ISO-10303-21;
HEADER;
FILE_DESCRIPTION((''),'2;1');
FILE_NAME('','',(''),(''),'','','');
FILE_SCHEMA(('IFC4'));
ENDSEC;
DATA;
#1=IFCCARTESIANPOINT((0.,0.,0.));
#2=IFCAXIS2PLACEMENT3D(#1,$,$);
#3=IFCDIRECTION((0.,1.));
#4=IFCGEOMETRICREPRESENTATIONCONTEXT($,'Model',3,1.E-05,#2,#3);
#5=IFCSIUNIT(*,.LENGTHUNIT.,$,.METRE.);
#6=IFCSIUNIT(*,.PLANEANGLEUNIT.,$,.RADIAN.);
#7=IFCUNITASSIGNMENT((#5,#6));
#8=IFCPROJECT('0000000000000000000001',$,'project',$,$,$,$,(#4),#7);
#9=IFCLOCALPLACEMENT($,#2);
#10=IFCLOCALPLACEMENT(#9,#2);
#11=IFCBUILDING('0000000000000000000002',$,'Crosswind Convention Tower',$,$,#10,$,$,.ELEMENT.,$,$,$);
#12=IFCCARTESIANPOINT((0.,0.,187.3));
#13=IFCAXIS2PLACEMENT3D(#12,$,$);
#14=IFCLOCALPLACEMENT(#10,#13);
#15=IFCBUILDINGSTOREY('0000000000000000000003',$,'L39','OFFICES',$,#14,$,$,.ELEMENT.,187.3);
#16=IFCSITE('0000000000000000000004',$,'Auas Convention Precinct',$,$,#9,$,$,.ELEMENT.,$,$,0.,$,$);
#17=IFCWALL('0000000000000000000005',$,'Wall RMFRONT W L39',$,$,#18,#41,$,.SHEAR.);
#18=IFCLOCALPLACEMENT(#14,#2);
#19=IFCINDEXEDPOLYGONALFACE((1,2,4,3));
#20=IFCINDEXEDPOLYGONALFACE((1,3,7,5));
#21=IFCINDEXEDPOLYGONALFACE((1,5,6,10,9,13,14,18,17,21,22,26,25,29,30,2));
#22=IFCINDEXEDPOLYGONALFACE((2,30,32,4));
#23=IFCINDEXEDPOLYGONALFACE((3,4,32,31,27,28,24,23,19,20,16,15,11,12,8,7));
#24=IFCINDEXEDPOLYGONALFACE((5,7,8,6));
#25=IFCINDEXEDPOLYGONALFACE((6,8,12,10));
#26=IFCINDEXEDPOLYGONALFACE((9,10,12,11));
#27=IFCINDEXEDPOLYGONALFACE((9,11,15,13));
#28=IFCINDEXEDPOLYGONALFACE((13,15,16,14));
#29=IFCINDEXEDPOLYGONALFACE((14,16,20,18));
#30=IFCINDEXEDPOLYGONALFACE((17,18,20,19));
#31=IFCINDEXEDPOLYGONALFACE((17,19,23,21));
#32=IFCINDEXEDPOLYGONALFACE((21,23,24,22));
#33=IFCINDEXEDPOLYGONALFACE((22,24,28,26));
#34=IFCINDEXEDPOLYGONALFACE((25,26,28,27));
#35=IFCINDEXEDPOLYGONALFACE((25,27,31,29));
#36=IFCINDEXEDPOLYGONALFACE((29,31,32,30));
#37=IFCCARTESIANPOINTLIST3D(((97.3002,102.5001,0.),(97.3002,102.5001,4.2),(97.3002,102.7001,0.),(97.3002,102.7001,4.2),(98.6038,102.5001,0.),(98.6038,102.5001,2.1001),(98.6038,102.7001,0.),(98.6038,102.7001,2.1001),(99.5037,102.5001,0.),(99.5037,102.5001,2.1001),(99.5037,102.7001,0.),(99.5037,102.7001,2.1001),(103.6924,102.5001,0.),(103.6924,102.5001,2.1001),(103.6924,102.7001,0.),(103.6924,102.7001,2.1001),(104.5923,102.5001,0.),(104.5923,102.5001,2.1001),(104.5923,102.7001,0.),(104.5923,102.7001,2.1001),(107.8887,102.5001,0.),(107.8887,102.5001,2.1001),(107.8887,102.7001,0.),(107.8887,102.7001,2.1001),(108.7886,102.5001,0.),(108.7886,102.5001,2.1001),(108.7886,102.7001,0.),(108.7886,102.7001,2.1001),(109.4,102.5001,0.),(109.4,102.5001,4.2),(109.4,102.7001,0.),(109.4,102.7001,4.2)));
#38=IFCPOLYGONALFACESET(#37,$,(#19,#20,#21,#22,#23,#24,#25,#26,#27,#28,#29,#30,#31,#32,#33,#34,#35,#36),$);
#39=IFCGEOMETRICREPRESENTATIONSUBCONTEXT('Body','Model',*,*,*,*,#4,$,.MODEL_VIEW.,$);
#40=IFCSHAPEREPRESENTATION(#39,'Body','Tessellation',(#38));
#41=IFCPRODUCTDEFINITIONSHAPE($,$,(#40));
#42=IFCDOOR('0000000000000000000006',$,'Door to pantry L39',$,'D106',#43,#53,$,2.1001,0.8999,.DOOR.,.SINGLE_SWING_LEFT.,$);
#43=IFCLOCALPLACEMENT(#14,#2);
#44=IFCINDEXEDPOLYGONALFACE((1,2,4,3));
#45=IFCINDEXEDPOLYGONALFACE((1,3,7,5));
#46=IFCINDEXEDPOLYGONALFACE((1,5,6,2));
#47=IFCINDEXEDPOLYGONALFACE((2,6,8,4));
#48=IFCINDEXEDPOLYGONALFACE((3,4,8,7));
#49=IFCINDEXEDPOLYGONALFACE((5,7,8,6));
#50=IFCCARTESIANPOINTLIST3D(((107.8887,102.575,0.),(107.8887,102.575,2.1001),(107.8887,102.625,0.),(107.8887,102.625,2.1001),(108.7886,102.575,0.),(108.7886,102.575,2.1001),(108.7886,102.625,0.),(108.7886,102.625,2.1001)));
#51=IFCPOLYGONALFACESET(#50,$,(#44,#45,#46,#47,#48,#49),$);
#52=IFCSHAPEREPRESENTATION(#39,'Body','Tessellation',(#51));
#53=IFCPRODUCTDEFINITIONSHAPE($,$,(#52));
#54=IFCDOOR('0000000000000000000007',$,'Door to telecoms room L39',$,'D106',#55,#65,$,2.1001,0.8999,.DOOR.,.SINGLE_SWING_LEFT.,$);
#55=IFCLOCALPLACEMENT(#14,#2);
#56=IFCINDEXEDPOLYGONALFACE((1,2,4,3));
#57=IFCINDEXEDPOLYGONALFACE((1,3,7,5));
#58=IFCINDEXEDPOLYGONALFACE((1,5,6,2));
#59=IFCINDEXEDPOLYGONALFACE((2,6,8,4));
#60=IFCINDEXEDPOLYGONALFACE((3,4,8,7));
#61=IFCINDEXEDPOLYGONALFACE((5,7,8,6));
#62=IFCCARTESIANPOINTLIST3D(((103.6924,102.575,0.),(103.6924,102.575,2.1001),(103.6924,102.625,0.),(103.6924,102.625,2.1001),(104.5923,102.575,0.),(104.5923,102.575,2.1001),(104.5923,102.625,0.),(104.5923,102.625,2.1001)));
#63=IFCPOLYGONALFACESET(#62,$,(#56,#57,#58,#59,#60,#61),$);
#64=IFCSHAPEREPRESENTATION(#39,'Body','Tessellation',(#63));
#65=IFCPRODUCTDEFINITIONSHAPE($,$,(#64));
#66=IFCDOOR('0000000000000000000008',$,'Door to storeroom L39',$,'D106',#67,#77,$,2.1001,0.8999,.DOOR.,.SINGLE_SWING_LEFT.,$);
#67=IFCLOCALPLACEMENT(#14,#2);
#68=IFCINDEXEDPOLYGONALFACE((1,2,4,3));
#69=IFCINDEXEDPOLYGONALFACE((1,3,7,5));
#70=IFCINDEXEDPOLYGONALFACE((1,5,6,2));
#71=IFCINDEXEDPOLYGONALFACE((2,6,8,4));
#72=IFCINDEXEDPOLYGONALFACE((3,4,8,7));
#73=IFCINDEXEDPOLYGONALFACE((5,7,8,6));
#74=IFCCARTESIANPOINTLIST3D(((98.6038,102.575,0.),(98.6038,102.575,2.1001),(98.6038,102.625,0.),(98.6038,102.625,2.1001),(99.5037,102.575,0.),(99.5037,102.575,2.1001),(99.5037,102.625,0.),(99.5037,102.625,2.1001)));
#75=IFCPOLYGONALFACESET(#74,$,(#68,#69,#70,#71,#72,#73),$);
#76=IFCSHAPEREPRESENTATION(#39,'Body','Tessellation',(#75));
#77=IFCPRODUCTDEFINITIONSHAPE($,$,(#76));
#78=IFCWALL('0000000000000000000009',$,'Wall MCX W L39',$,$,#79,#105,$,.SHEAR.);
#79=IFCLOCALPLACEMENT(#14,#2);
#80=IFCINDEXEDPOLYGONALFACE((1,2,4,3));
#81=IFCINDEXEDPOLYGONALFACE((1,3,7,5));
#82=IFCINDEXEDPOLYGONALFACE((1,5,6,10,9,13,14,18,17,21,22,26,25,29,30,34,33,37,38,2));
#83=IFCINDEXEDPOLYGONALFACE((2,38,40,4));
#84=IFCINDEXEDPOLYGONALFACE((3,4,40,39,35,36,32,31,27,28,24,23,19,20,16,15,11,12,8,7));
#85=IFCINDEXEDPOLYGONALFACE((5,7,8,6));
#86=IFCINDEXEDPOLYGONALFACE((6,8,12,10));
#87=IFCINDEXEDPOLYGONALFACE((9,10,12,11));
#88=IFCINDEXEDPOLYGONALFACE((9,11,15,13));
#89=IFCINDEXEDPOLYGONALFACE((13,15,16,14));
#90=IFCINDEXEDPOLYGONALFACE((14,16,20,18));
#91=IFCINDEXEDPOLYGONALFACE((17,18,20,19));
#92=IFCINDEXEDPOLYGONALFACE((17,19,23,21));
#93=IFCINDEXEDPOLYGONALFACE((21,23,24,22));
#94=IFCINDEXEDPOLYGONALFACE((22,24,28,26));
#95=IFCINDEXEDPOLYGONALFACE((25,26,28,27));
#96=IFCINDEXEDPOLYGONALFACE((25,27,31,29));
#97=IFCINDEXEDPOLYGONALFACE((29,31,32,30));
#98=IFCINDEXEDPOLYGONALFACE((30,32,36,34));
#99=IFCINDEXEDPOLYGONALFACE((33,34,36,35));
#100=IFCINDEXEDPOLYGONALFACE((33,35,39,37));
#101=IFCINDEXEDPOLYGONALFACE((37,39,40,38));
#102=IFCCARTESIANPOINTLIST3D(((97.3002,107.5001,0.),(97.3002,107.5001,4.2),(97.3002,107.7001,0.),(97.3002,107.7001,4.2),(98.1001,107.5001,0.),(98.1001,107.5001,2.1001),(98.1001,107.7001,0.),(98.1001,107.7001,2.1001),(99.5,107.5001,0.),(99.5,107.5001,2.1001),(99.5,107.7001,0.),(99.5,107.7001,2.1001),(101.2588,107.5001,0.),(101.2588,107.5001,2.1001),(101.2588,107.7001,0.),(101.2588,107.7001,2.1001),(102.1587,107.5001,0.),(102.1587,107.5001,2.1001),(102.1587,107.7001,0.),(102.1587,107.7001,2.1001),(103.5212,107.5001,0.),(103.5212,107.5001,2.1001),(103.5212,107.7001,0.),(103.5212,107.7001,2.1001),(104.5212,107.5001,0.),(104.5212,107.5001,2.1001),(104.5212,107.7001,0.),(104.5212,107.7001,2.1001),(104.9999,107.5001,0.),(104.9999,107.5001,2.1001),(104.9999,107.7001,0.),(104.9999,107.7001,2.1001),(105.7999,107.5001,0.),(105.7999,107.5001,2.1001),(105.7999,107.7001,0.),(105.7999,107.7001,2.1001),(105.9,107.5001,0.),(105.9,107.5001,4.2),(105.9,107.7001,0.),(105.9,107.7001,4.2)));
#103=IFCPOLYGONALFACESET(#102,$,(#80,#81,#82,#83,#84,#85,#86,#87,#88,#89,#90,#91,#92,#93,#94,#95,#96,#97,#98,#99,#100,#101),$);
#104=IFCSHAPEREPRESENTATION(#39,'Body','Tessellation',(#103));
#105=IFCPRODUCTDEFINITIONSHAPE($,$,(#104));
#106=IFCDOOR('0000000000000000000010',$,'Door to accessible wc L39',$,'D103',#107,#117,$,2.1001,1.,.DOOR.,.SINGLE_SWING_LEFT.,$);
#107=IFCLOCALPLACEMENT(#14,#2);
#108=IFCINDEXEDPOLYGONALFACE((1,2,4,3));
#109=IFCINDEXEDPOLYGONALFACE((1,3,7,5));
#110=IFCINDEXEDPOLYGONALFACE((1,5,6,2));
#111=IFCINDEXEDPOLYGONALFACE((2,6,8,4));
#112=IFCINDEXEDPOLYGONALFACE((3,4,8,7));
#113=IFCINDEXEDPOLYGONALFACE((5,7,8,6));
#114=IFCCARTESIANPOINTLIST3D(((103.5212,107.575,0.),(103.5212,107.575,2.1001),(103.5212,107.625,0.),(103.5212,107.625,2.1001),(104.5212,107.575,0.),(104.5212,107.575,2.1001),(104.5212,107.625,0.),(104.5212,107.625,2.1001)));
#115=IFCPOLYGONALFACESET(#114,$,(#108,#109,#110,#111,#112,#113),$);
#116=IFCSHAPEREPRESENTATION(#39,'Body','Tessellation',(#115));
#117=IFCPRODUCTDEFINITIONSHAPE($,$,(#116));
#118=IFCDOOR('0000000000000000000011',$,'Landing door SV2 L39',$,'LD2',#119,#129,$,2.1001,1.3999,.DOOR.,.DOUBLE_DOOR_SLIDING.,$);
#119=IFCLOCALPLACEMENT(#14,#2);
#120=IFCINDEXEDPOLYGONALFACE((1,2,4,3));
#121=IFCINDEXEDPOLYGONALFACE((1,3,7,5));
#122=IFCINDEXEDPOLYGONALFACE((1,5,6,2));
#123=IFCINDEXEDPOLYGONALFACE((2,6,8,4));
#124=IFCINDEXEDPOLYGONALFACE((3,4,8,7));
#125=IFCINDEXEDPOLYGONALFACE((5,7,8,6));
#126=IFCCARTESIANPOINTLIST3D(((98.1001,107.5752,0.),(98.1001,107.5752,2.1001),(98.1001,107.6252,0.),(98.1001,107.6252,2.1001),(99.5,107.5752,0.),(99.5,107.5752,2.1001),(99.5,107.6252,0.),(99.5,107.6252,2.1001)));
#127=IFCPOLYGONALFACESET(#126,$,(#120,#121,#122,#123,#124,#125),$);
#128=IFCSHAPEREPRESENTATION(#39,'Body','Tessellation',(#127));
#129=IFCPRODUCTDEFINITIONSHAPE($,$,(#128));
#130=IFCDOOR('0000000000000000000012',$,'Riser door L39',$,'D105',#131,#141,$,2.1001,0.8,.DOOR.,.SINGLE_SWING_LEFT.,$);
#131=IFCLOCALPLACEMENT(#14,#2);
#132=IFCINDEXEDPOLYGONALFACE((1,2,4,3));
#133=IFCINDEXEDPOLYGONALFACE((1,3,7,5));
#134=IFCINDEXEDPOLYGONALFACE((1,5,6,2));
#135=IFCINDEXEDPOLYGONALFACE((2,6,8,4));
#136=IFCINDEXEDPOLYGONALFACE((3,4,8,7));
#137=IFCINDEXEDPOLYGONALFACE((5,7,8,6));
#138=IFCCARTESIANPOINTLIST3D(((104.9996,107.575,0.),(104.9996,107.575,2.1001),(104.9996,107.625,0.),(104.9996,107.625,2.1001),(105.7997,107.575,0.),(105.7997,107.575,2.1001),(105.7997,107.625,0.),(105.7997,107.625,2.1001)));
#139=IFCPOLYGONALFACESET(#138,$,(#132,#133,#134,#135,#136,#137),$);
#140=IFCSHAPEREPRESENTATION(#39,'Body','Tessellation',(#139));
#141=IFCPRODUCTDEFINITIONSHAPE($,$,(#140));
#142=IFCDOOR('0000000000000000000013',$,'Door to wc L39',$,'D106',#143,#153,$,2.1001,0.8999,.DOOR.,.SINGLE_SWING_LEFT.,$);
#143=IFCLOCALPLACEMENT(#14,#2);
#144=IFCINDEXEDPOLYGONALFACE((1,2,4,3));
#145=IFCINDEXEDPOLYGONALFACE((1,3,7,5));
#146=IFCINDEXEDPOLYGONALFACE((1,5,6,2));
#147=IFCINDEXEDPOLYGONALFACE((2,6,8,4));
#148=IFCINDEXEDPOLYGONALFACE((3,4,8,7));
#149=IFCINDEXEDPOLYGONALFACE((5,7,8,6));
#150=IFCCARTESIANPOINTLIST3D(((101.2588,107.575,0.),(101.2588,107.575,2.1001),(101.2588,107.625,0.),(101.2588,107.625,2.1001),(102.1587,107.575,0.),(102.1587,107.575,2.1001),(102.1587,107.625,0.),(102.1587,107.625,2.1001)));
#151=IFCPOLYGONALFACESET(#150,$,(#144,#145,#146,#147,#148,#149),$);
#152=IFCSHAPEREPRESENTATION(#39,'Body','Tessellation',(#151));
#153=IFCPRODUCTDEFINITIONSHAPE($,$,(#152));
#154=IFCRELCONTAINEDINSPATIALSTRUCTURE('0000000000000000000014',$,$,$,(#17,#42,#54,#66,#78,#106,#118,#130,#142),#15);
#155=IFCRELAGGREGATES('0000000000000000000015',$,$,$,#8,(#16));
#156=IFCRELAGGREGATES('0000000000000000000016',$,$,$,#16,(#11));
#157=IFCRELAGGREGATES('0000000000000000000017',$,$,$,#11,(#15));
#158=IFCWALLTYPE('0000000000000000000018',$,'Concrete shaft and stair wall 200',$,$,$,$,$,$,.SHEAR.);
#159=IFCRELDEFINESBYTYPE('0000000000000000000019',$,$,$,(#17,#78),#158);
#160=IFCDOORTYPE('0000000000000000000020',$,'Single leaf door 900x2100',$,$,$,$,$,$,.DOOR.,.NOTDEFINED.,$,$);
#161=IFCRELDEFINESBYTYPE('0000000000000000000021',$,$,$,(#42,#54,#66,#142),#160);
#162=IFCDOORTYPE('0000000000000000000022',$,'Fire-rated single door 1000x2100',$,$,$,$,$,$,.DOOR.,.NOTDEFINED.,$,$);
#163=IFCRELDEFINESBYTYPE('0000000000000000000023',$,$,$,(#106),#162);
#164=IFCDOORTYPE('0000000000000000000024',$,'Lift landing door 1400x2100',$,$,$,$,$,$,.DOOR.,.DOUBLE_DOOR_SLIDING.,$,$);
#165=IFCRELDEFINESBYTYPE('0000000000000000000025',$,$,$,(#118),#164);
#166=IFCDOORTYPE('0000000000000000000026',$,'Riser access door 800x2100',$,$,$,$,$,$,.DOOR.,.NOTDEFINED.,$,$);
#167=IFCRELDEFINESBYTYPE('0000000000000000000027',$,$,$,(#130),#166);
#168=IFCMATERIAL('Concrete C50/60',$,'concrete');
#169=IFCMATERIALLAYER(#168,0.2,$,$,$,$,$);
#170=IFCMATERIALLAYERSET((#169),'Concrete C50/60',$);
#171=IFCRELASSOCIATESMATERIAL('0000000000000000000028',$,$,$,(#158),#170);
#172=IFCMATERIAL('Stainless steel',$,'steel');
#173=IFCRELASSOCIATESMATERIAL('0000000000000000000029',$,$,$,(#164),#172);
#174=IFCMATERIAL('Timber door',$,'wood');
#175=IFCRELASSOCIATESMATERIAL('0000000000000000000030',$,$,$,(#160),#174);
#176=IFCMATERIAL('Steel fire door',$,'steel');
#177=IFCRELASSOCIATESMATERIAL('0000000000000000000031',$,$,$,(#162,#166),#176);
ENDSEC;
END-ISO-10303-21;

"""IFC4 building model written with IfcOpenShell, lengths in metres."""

from ifc_helpers import new_model, si_unit, direction, frame, frame_2d, origin, place, context, subcontext, project, spatial, rectangle, extrude, material, layer, layer_set, type_object, element, fill, save


model = new_model("IFC4")

# Units and contexts
model_context = context("Model", 3, precision=1e-05, world=origin(), true_north=direction((0.0, 1.0)))
body_context = subcontext(model_context, "Body", "Model", "MODEL_VIEW")
ifc_project = project(units=[si_unit("LENGTHUNIT", "METRE"), si_unit("PLANEANGLEUNIT", "RADIAN")], contexts=[model_context])

# Site, building, storey
site_placement = place(None, origin())
site = spatial("IfcSite", under=ifc_project, at=site_placement, Name="Auas Convention Precinct", CompositionType="ELEMENT", RefElevation=0.0)
building_placement = place(site_placement, origin())
building = spatial("IfcBuilding", under=site, at=building_placement, Name="Crosswind Convention Tower", CompositionType="ELEMENT")
storey_placement = place(building_placement, frame((0.0, 0.0, 187.3)))
storey = spatial("IfcBuildingStorey", under=building, at=storey_placement, Name="L39", Description="OFFICES", CompositionType="ELEMENT", Elevation=187.3)

# Shared definitions
ifc_material_1 = material(Name="Concrete C50/60", Category="concrete")
ifc_layer_1 = layer(ifc_material_1, 0.2)
ifc_layer_set_1 = layer_set([ifc_layer_1], Name="Concrete C50/60")
wall_type_1 = type_object("IfcWallType", Name="Concrete shaft and stair wall 200", PredefinedType="SHEAR", material=ifc_layer_set_1)

# Shared definitions
ifc_material_2 = material(Name="Stainless steel", Category="steel")
door_type_1 = type_object("IfcDoorType", Name="Lift landing door 1400x2100", OperationType="DOUBLE_DOOR_SLIDING", PredefinedType="DOOR", material=ifc_material_2)

# Walls, openings, doors
wall_1_placement = place(storey_placement, frame((109.3999, 102.6001, 0.0), z_axis=(0.0, 0.0, 1.0), x_axis=(-1.0, 0.0, 0.0)))
wall_1 = element("IfcWall", 1, at=wall_1_placement, inside=storey, type_object=wall_type_1, Name="Wall RMFRONT W L39", PredefinedType="SHEAR", context=body_context, shape_type="SweptSolid", body=[
    extrude(rectangle(XDim=12.0999, YDim=0.2, at=frame_2d((6.0498, 0.0))), origin(), (0.0, 0.0, 1.0), 4.2),
])
opening_1_placement = place(wall_1_placement, frame((0.6113, 0.0, 0.0)))
opening_1 = element("IfcOpeningElement", 2, at=opening_1_placement, cuts=wall_1, PredefinedType="OPENING", context=body_context, shape_type="SweptSolid", body=[
    extrude(rectangle(XDim=0.8999, YDim=2.1001, at=frame_2d((0.45, 1.05))), frame((0.0, 0.1099, 0.0), z_axis=(0.0, -1.0, 0.0), x_axis=(1.0, 0.0, 0.0)), (0.0, 0.0, 1.0), 0.22),
])
opening_2_placement = place(wall_1_placement, frame((4.8076, 0.0, 0.0)))
opening_2 = element("IfcOpeningElement", 3, at=opening_2_placement, cuts=wall_1, PredefinedType="OPENING", context=body_context, shape_type="SweptSolid", body=[
    extrude(rectangle(XDim=0.8999, YDim=2.1001, at=frame_2d((0.45, 1.05))), frame((0.0, 0.1099, 0.0), z_axis=(0.0, -1.0, 0.0), x_axis=(1.0, 0.0, 0.0)), (0.0, 0.0, 1.0), 0.22),
])
opening_3_placement = place(wall_1_placement, frame((9.8962, 0.0, 0.0)))
opening_3 = element("IfcOpeningElement", 4, at=opening_3_placement, cuts=wall_1, PredefinedType="OPENING", context=body_context, shape_type="SweptSolid", body=[
    extrude(rectangle(XDim=0.8999, YDim=2.1001, at=frame_2d((0.45, 1.05))), frame((0.0, 0.1099, 0.0), z_axis=(0.0, -1.0, 0.0), x_axis=(1.0, 0.0, 0.0)), (0.0, 0.0, 1.0), 0.22),
])
ifc_material_3 = material(Name="Timber door", Category="wood")
door_type_2 = type_object("IfcDoorType", Name="Single leaf door 900x2100", OperationType="NOTDEFINED", PredefinedType="DOOR", material=ifc_material_3)
door_1_placement = place(opening_1_placement, frame((0.8999, 0.0, 0.0), z_axis=(0.0, 0.0, 1.0), x_axis=(-1.0, 0.0, 0.0)))
door_1 = element("IfcDoor", 5, at=door_1_placement, inside=storey, type_object=door_type_2, Name="Door to pantry L39", ObjectType="D106", OperationType="SINGLE_SWING_LEFT", OverallHeight=2.1001, OverallWidth=0.8999, PredefinedType="DOOR", context=body_context, shape_type="SweptSolid", body=[
    extrude(rectangle(XDim=0.8999, YDim=2.1001, at=frame_2d((0.45, 1.05))), frame((0.0, 0.0249, 0.0), z_axis=(0.0, -1.0, 0.0), x_axis=(1.0, 0.0, 0.0)), (0.0, 0.0, 1.0), 0.05),
])
fill(opening_1, door_1)
door_2_placement = place(opening_2_placement, frame((0.8999, 0.0, 0.0), z_axis=(0.0, 0.0, 1.0), x_axis=(-1.0, 0.0, 0.0)))
door_2 = element("IfcDoor", 6, at=door_2_placement, inside=storey, type_object=door_type_2, Name="Door to telecoms room L39", ObjectType="D106", OperationType="SINGLE_SWING_LEFT", OverallHeight=2.1001, OverallWidth=0.8999, PredefinedType="DOOR", context=body_context, shape_type="SweptSolid", body=[
    extrude(rectangle(XDim=0.8999, YDim=2.1001, at=frame_2d((0.45, 1.05))), frame((0.0, 0.0249, 0.0), z_axis=(0.0, -1.0, 0.0), x_axis=(1.0, 0.0, 0.0)), (0.0, 0.0, 1.0), 0.05),
])
fill(opening_2, door_2)
door_3_placement = place(opening_3_placement, frame((0.8999, 0.0, 0.0), z_axis=(0.0, 0.0, 1.0), x_axis=(-1.0, 0.0, 0.0)))
door_3 = element("IfcDoor", 7, at=door_3_placement, inside=storey, type_object=door_type_2, Name="Door to storeroom L39", ObjectType="D106", OperationType="SINGLE_SWING_LEFT", OverallHeight=2.1001, OverallWidth=0.8999, PredefinedType="DOOR", context=body_context, shape_type="SweptSolid", body=[
    extrude(rectangle(XDim=0.8999, YDim=2.1001, at=frame_2d((0.45, 1.05))), frame((0.0, 0.0249, 0.0), z_axis=(0.0, -1.0, 0.0), x_axis=(1.0, 0.0, 0.0)), (0.0, 0.0, 1.0), 0.05),
])
fill(opening_3, door_3)
wall_2_placement = place(storey_placement, frame((105.8999, 107.6001, 0.0), z_axis=(0.0, 0.0, 1.0), x_axis=(-1.0, 0.0, 0.0)))
wall_2 = element("IfcWall", 8, at=wall_2_placement, inside=storey, type_object=wall_type_1, Name="Wall MCX W L39", PredefinedType="SHEAR", context=body_context, shape_type="SweptSolid", body=[
    extrude(rectangle(XDim=8.5999, YDim=0.2, at=frame_2d((4.2998, 0.0))), origin(), (0.0, 0.0, 1.0), 4.2),
])
opening_4_placement = place(wall_2_placement, frame((0.1001, 0.0, 0.0)))
opening_4 = element("IfcOpeningElement", 9, at=opening_4_placement, cuts=wall_2, PredefinedType="OPENING", context=body_context, shape_type="SweptSolid", body=[
    extrude(rectangle(XDim=0.8, YDim=2.1001, at=frame_2d((0.3999, 1.05))), frame((0.0, 0.1099, 0.0), z_axis=(0.0, -1.0, 0.0), x_axis=(1.0, 0.0, 0.0)), (0.0, 0.0, 1.0), 0.22),
])
opening_5_placement = place(wall_2_placement, frame((1.3787, 0.0, 0.0)))
opening_5 = element("IfcOpeningElement", 10, at=opening_5_placement, cuts=wall_2, PredefinedType="OPENING", context=body_context, shape_type="SweptSolid", body=[
    extrude(rectangle(XDim=1.0, YDim=2.1001, at=frame_2d((0.5, 1.05))), frame((0.0, 0.1099, 0.0), z_axis=(0.0, -1.0, 0.0), x_axis=(1.0, 0.0, 0.0)), (0.0, 0.0, 1.0), 0.22),
])
opening_6_placement = place(wall_2_placement, frame((3.7412, 0.0, 0.0)))
opening_6 = element("IfcOpeningElement", 11, at=opening_6_placement, cuts=wall_2, PredefinedType="OPENING", context=body_context, shape_type="SweptSolid", body=[
    extrude(rectangle(XDim=0.8999, YDim=2.1001, at=frame_2d((0.45, 1.05))), frame((0.0, 0.1099, 0.0), z_axis=(0.0, -1.0, 0.0), x_axis=(1.0, 0.0, 0.0)), (0.0, 0.0, 1.0), 0.22),
])
opening_7_placement = place(wall_2_placement, frame((6.3999, 0.0, 0.0)))
opening_7 = element("IfcOpeningElement", 12, at=opening_7_placement, cuts=wall_2, PredefinedType="OPENING", context=body_context, shape_type="SweptSolid", body=[
    extrude(rectangle(XDim=1.3999, YDim=2.1001, at=frame_2d((0.7, 1.05))), frame((0.0, 0.1099, 0.0), z_axis=(0.0, -1.0, 0.0), x_axis=(1.0, 0.0, 0.0)), (0.0, 0.0, 1.0), 0.22),
])
ifc_material_4 = material(Name="Steel fire door", Category="steel")
door_type_3 = type_object("IfcDoorType", Name="Fire-rated single door 1000x2100", OperationType="NOTDEFINED", PredefinedType="DOOR", material=ifc_material_4)
door_4_placement = place(opening_5_placement, frame((1.0, 0.0, 0.0), z_axis=(0.0, 0.0, 1.0), x_axis=(-1.0, 0.0, 0.0)))
door_4 = element("IfcDoor", 13, at=door_4_placement, inside=storey, type_object=door_type_3, Name="Door to accessible wc L39", ObjectType="D103", OperationType="SINGLE_SWING_LEFT", OverallHeight=2.1001, OverallWidth=1.0, PredefinedType="DOOR", context=body_context, shape_type="SweptSolid", body=[
    extrude(rectangle(XDim=1.0, YDim=2.1001, at=frame_2d((0.5, 1.05))), frame((0.0, 0.0249, 0.0), z_axis=(0.0, -1.0, 0.0), x_axis=(1.0, 0.0, 0.0)), (0.0, 0.0, 1.0), 0.05),
])
fill(opening_5, door_4)
door_5_placement = place(opening_7_placement, origin())
door_5 = element("IfcDoor", 14, at=door_5_placement, inside=storey, type_object=door_type_1, Name="Landing door SV2 L39", ObjectType="LD2", OperationType="DOUBLE_DOOR_SLIDING", OverallHeight=2.1001, OverallWidth=1.3999, PredefinedType="DOOR", context=body_context, shape_type="SweptSolid", body=[
    extrude(rectangle(XDim=1.3999, YDim=2.1001, at=frame_2d((0.7, 1.05))), frame((0.0, 0.0249, 0.0), z_axis=(0.0, -1.0, 0.0), x_axis=(1.0, 0.0, 0.0)), (0.0, 0.0, 1.0), 0.05),
])
fill(opening_7, door_5)
door_type_4 = type_object("IfcDoorType", Name="Riser access door 800x2100", OperationType="NOTDEFINED", PredefinedType="DOOR", material=ifc_material_4)
door_6_placement = place(opening_4_placement, frame((0.8, 0.0, 0.0), z_axis=(0.0, 0.0, 1.0), x_axis=(-1.0, 0.0, 0.0)))
door_6 = element("IfcDoor", 15, at=door_6_placement, inside=storey, type_object=door_type_4, Name="Riser door L39", ObjectType="D105", OperationType="SINGLE_SWING_LEFT", OverallHeight=2.1001, OverallWidth=0.8, PredefinedType="DOOR", context=body_context, shape_type="SweptSolid", body=[
    extrude(rectangle(XDim=0.8, YDim=2.1001, at=frame_2d((0.3999, 1.05))), frame((0.0, 0.0249, 0.0), z_axis=(0.0, -1.0, 0.0), x_axis=(1.0, 0.0, 0.0)), (0.0, 0.0, 1.0), 0.05),
])
fill(opening_4, door_6)
door_7_placement = place(opening_6_placement, frame((0.8999, 0.0, 0.0), z_axis=(0.0, 0.0, 1.0), x_axis=(-1.0, 0.0, 0.0)))
door_7 = element("IfcDoor", 16, at=door_7_placement, inside=storey, type_object=door_type_2, Name="Door to wc L39", ObjectType="D106", OperationType="SINGLE_SWING_LEFT", OverallHeight=2.1001, OverallWidth=0.8999, PredefinedType="DOOR", context=body_context, shape_type="SweptSolid", body=[
    extrude(rectangle(XDim=0.8999, YDim=2.1001, at=frame_2d((0.45, 1.05))), frame((0.0, 0.0249, 0.0), z_axis=(0.0, -1.0, 0.0), x_axis=(1.0, 0.0, 0.0)), (0.0, 0.0, 1.0), 0.05),
])
fill(opening_6, door_7)

save(model, "model.ifc")
